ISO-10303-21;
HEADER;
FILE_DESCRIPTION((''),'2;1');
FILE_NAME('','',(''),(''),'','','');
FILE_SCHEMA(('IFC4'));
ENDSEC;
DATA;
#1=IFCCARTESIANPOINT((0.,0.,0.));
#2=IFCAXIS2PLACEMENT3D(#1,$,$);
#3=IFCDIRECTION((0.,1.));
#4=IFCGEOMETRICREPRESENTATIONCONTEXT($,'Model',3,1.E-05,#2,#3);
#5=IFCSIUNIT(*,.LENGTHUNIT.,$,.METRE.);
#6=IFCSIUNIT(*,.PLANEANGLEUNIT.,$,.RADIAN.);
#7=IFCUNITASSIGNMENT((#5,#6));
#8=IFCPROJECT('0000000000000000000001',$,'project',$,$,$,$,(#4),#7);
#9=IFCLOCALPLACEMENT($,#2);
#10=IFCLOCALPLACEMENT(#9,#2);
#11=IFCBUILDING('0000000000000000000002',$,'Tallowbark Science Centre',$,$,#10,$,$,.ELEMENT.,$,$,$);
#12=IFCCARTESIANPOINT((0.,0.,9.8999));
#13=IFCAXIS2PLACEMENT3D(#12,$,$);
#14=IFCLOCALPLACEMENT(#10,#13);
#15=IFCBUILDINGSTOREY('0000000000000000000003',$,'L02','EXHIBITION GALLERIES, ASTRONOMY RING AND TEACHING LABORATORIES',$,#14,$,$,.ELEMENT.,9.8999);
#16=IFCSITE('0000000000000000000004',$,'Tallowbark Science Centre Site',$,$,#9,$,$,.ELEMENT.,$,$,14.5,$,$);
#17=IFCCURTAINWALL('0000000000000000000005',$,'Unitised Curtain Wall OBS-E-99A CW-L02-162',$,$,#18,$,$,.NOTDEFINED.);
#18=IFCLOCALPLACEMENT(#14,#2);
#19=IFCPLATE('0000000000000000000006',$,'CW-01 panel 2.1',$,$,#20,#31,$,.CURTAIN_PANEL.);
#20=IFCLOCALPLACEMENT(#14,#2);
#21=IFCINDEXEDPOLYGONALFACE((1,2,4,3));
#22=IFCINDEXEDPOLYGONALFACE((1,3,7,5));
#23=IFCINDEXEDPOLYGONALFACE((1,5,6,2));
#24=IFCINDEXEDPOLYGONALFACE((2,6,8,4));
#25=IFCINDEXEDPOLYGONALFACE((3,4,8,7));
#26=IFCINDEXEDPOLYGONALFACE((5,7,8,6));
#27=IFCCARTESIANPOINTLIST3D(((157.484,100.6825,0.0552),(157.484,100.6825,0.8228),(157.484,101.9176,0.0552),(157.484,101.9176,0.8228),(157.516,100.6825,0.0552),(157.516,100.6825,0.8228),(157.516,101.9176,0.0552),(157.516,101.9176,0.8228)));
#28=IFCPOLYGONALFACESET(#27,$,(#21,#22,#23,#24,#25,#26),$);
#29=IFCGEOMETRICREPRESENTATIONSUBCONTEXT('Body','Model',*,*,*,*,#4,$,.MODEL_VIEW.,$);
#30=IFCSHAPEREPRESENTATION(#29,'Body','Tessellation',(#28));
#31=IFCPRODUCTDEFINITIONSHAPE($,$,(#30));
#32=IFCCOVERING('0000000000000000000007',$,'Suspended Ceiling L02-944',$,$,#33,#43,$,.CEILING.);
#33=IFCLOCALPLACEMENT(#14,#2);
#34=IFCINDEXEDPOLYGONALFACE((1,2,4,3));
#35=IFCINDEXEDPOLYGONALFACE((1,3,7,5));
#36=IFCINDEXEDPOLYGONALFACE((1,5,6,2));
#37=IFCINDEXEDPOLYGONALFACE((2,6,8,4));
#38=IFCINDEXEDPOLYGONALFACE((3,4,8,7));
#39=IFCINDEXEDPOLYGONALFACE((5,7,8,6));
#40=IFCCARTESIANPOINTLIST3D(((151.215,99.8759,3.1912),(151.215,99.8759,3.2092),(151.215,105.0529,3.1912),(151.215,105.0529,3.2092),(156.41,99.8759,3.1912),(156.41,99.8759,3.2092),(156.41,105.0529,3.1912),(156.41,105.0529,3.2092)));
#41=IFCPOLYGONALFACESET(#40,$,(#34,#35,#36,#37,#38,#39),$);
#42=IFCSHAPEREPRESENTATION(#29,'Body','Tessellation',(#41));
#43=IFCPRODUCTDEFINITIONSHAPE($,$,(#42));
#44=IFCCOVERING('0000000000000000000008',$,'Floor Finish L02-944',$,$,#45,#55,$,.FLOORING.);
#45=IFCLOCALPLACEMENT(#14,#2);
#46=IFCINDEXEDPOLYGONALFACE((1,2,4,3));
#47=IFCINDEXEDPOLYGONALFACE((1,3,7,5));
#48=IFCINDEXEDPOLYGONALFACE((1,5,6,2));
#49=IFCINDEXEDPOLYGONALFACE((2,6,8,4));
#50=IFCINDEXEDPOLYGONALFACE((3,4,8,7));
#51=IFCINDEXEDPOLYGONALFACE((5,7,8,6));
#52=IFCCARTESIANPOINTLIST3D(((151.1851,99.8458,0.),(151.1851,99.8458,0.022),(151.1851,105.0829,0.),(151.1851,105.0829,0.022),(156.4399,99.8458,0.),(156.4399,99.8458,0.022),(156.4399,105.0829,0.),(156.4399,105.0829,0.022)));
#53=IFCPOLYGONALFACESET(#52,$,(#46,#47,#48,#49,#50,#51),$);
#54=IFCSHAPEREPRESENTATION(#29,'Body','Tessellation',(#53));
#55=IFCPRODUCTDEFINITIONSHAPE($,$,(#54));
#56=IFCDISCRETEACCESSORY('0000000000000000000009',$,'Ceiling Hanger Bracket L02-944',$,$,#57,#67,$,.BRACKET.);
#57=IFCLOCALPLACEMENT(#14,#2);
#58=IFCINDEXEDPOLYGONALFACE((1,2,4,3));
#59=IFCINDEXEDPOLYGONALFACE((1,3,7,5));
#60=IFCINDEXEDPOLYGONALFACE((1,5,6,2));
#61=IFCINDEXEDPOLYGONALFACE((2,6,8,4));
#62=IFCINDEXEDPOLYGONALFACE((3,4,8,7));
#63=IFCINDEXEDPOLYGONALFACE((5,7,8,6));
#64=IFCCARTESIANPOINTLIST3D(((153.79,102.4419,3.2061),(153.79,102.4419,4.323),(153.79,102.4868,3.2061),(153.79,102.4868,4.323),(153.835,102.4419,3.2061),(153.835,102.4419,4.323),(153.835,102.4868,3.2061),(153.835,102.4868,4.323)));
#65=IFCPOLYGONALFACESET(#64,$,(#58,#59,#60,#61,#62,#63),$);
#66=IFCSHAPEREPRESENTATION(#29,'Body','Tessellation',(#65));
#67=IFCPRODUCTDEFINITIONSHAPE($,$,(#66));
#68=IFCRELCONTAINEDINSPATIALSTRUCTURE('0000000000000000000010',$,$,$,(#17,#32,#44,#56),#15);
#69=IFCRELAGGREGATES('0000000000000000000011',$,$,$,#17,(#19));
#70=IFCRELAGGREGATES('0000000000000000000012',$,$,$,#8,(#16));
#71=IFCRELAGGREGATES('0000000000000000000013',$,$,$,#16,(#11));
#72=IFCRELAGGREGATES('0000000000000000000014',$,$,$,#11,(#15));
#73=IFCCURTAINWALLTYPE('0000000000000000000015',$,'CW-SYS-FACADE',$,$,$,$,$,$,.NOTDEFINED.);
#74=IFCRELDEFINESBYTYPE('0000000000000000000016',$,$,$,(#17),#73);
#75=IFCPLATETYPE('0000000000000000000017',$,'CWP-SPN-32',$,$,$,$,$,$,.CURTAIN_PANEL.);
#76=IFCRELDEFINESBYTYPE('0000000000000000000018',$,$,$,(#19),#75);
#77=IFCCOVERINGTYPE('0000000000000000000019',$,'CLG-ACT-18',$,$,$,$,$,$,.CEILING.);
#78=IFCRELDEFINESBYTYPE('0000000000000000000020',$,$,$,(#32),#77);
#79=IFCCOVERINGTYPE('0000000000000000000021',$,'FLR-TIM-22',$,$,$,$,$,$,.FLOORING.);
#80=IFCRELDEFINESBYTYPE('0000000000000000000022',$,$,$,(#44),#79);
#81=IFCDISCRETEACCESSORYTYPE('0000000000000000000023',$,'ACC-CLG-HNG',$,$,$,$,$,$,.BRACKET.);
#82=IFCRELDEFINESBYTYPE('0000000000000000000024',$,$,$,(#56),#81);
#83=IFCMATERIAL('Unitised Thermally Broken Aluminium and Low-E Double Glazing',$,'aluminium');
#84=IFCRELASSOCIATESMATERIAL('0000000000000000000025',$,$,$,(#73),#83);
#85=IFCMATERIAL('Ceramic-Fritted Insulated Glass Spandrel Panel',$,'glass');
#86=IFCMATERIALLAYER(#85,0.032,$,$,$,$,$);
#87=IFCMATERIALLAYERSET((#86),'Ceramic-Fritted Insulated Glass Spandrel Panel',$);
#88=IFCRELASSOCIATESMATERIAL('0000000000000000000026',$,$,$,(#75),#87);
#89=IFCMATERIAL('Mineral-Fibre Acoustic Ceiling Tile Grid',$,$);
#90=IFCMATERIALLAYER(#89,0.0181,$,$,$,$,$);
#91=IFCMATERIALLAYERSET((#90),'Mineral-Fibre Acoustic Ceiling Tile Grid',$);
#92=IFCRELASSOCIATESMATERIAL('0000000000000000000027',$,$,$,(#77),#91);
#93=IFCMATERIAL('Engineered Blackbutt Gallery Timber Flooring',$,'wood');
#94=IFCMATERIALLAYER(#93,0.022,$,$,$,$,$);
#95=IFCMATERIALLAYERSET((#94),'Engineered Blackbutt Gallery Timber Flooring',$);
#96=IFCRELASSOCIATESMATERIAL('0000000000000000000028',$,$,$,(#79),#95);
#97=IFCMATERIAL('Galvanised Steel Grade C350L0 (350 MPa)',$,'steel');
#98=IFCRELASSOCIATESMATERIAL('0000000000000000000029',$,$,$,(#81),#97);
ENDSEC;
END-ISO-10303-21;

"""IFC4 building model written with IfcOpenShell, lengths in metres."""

from ifc_helpers import new_model, si_unit, direction, frame, origin, origin_2d, place, context, subcontext, project, spatial, rectangle, extrude, material, layer, layer_set, type_object, element, aggregate, save


model = new_model("IFC4")

# Units and contexts
model_context = context("Model", 3, precision=1e-05, world=origin(), true_north=direction((0.0, 1.0)))
body_context = subcontext(model_context, "Body", "Model", "MODEL_VIEW")
ifc_project = project(units=[si_unit("LENGTHUNIT", "METRE"), si_unit("PLANEANGLEUNIT", "RADIAN")], contexts=[model_context])

# Site, building, storey
site_placement = place(None, origin())
site = spatial("IfcSite", under=ifc_project, at=site_placement, Name="Tallowbark Science Centre Site", CompositionType="ELEMENT", RefElevation=14.5)
building_placement = place(site_placement, origin())
building = spatial("IfcBuilding", under=site, at=building_placement, Name="Tallowbark Science Centre", CompositionType="ELEMENT")
storey_placement = place(building_placement, frame((0.0, 0.0, 9.8999)))
storey = spatial("IfcBuildingStorey", under=building, at=storey_placement, Name="L02", Description="EXHIBITION GALLERIES, ASTRONOMY RING AND TEACHING LABORATORIES", CompositionType="ELEMENT", Elevation=9.8999)

# Curtain wall
ifc_material_1 = material(Name="Unitised Thermally Broken Aluminium and Low-E Double Glazing", Category="aluminium")
curtain_wall_type = type_object("IfcCurtainWallType", Name="CW-SYS-FACADE", PredefinedType="NOTDEFINED", material=ifc_material_1)
curtain_wall_1_placement = place(storey_placement, origin())
curtain_wall_1 = element("IfcCurtainWall", 1, at=curtain_wall_1_placement, inside=storey, type_object=curtain_wall_type, Name="Unitised Curtain Wall OBS-E-99A CW-L02-162", PredefinedType="NOTDEFINED")

# Plate
ifc_material_2 = material(Name="Ceramic-Fritted Insulated Glass Spandrel Panel", Category="glass")
ifc_layer_1 = layer(ifc_material_2, 0.032)
ifc_layer_set_1 = layer_set([ifc_layer_1], Name="Ceramic-Fritted Insulated Glass Spandrel Panel")
plate_type_1 = type_object("IfcPlateType", Name="CWP-SPN-32", PredefinedType="CURTAIN_PANEL", material=ifc_layer_set_1)
plate_1_placement = place(storey_placement, frame((157.5, 101.3, 0.0552), z_axis=(0.0, 0.0, 1.0), x_axis=(0.0, 1.0, 0.0)))
plate_1 = element("IfcPlate", 2, at=plate_1_placement, type_object=plate_type_1, Name="CW-01 panel 2.1", PredefinedType="CURTAIN_PANEL", context=body_context, shape_type="SweptSolid", body=[
    extrude(rectangle(XDim=1.2351, YDim=0.032, at=origin_2d()), origin(), (0.0, 0.0, 1.0), 0.7676),
])
aggregate(curtain_wall_1, [plate_1])

# Coverings
ifc_material_3 = material(Name="Mineral-Fibre Acoustic Ceiling Tile Grid")
ifc_layer_2 = layer(ifc_material_3, 0.0181)
ifc_layer_set_2 = layer_set([ifc_layer_2], Name="Mineral-Fibre Acoustic Ceiling Tile Grid")
covering_type_1 = type_object("IfcCoveringType", Name="CLG-ACT-18", PredefinedType="CEILING", material=ifc_layer_set_2)
covering_1_placement = place(storey_placement, frame((153.8125, 102.4644, 3.1912), z_axis=(0.0, 0.0, 1.0), x_axis=(1.0, 0.0, 0.0)))
element("IfcCovering", 3, at=covering_1_placement, inside=storey, type_object=covering_type_1, Name="Suspended Ceiling L02-944", PredefinedType="CEILING", context=body_context, shape_type="SweptSolid", body=[
    extrude(rectangle(XDim=5.1951, YDim=5.177, at=origin_2d()), origin(), (0.0, 0.0, 1.0), 0.0181),
])
ifc_material_4 = material(Name="Engineered Blackbutt Gallery Timber Flooring", Category="wood")
ifc_layer_3 = layer(ifc_material_4, 0.022)
ifc_layer_set_3 = layer_set([ifc_layer_3], Name="Engineered Blackbutt Gallery Timber Flooring")
covering_type_2 = type_object("IfcCoveringType", Name="FLR-TIM-22", PredefinedType="FLOORING", material=ifc_layer_set_3)
covering_2_placement = place(storey_placement, frame((153.8125, 102.4644, 0.0), z_axis=(0.0, 0.0, 1.0), x_axis=(1.0, 0.0, 0.0)))
element("IfcCovering", 4, at=covering_2_placement, inside=storey, type_object=covering_type_2, Name="Floor Finish L02-944", PredefinedType="FLOORING", context=body_context, shape_type="SweptSolid", body=[
    extrude(rectangle(XDim=5.2549, YDim=5.2371, at=origin_2d()), origin(), (0.0, 0.0, 1.0), 0.022),
])

# Discrete accessory
ifc_material_5 = material(Name="Galvanised Steel Grade C350L0 (350 MPa)", Category="steel")
discrete_accessory_type = type_object("IfcDiscreteAccessoryType", Name="ACC-CLG-HNG", PredefinedType="BRACKET", material=ifc_material_5)
discrete_accessory_placement = place(storey_placement, frame((153.8125, 102.4644, 3.2061), z_axis=(0.0, 0.0, 1.0), x_axis=(1.0, 0.0, 0.0)))
element("IfcDiscreteAccessory", 5, at=discrete_accessory_placement, inside=storey, type_object=discrete_accessory_type, Name="Ceiling Hanger Bracket L02-944", PredefinedType="BRACKET", context=body_context, shape_type="SweptSolid", body=[
    extrude(rectangle(XDim=0.0449, YDim=0.0449, at=origin_2d()), origin(), (0.0, 0.0, 1.0), 1.1169),
])

save(model, "model.ifc")
